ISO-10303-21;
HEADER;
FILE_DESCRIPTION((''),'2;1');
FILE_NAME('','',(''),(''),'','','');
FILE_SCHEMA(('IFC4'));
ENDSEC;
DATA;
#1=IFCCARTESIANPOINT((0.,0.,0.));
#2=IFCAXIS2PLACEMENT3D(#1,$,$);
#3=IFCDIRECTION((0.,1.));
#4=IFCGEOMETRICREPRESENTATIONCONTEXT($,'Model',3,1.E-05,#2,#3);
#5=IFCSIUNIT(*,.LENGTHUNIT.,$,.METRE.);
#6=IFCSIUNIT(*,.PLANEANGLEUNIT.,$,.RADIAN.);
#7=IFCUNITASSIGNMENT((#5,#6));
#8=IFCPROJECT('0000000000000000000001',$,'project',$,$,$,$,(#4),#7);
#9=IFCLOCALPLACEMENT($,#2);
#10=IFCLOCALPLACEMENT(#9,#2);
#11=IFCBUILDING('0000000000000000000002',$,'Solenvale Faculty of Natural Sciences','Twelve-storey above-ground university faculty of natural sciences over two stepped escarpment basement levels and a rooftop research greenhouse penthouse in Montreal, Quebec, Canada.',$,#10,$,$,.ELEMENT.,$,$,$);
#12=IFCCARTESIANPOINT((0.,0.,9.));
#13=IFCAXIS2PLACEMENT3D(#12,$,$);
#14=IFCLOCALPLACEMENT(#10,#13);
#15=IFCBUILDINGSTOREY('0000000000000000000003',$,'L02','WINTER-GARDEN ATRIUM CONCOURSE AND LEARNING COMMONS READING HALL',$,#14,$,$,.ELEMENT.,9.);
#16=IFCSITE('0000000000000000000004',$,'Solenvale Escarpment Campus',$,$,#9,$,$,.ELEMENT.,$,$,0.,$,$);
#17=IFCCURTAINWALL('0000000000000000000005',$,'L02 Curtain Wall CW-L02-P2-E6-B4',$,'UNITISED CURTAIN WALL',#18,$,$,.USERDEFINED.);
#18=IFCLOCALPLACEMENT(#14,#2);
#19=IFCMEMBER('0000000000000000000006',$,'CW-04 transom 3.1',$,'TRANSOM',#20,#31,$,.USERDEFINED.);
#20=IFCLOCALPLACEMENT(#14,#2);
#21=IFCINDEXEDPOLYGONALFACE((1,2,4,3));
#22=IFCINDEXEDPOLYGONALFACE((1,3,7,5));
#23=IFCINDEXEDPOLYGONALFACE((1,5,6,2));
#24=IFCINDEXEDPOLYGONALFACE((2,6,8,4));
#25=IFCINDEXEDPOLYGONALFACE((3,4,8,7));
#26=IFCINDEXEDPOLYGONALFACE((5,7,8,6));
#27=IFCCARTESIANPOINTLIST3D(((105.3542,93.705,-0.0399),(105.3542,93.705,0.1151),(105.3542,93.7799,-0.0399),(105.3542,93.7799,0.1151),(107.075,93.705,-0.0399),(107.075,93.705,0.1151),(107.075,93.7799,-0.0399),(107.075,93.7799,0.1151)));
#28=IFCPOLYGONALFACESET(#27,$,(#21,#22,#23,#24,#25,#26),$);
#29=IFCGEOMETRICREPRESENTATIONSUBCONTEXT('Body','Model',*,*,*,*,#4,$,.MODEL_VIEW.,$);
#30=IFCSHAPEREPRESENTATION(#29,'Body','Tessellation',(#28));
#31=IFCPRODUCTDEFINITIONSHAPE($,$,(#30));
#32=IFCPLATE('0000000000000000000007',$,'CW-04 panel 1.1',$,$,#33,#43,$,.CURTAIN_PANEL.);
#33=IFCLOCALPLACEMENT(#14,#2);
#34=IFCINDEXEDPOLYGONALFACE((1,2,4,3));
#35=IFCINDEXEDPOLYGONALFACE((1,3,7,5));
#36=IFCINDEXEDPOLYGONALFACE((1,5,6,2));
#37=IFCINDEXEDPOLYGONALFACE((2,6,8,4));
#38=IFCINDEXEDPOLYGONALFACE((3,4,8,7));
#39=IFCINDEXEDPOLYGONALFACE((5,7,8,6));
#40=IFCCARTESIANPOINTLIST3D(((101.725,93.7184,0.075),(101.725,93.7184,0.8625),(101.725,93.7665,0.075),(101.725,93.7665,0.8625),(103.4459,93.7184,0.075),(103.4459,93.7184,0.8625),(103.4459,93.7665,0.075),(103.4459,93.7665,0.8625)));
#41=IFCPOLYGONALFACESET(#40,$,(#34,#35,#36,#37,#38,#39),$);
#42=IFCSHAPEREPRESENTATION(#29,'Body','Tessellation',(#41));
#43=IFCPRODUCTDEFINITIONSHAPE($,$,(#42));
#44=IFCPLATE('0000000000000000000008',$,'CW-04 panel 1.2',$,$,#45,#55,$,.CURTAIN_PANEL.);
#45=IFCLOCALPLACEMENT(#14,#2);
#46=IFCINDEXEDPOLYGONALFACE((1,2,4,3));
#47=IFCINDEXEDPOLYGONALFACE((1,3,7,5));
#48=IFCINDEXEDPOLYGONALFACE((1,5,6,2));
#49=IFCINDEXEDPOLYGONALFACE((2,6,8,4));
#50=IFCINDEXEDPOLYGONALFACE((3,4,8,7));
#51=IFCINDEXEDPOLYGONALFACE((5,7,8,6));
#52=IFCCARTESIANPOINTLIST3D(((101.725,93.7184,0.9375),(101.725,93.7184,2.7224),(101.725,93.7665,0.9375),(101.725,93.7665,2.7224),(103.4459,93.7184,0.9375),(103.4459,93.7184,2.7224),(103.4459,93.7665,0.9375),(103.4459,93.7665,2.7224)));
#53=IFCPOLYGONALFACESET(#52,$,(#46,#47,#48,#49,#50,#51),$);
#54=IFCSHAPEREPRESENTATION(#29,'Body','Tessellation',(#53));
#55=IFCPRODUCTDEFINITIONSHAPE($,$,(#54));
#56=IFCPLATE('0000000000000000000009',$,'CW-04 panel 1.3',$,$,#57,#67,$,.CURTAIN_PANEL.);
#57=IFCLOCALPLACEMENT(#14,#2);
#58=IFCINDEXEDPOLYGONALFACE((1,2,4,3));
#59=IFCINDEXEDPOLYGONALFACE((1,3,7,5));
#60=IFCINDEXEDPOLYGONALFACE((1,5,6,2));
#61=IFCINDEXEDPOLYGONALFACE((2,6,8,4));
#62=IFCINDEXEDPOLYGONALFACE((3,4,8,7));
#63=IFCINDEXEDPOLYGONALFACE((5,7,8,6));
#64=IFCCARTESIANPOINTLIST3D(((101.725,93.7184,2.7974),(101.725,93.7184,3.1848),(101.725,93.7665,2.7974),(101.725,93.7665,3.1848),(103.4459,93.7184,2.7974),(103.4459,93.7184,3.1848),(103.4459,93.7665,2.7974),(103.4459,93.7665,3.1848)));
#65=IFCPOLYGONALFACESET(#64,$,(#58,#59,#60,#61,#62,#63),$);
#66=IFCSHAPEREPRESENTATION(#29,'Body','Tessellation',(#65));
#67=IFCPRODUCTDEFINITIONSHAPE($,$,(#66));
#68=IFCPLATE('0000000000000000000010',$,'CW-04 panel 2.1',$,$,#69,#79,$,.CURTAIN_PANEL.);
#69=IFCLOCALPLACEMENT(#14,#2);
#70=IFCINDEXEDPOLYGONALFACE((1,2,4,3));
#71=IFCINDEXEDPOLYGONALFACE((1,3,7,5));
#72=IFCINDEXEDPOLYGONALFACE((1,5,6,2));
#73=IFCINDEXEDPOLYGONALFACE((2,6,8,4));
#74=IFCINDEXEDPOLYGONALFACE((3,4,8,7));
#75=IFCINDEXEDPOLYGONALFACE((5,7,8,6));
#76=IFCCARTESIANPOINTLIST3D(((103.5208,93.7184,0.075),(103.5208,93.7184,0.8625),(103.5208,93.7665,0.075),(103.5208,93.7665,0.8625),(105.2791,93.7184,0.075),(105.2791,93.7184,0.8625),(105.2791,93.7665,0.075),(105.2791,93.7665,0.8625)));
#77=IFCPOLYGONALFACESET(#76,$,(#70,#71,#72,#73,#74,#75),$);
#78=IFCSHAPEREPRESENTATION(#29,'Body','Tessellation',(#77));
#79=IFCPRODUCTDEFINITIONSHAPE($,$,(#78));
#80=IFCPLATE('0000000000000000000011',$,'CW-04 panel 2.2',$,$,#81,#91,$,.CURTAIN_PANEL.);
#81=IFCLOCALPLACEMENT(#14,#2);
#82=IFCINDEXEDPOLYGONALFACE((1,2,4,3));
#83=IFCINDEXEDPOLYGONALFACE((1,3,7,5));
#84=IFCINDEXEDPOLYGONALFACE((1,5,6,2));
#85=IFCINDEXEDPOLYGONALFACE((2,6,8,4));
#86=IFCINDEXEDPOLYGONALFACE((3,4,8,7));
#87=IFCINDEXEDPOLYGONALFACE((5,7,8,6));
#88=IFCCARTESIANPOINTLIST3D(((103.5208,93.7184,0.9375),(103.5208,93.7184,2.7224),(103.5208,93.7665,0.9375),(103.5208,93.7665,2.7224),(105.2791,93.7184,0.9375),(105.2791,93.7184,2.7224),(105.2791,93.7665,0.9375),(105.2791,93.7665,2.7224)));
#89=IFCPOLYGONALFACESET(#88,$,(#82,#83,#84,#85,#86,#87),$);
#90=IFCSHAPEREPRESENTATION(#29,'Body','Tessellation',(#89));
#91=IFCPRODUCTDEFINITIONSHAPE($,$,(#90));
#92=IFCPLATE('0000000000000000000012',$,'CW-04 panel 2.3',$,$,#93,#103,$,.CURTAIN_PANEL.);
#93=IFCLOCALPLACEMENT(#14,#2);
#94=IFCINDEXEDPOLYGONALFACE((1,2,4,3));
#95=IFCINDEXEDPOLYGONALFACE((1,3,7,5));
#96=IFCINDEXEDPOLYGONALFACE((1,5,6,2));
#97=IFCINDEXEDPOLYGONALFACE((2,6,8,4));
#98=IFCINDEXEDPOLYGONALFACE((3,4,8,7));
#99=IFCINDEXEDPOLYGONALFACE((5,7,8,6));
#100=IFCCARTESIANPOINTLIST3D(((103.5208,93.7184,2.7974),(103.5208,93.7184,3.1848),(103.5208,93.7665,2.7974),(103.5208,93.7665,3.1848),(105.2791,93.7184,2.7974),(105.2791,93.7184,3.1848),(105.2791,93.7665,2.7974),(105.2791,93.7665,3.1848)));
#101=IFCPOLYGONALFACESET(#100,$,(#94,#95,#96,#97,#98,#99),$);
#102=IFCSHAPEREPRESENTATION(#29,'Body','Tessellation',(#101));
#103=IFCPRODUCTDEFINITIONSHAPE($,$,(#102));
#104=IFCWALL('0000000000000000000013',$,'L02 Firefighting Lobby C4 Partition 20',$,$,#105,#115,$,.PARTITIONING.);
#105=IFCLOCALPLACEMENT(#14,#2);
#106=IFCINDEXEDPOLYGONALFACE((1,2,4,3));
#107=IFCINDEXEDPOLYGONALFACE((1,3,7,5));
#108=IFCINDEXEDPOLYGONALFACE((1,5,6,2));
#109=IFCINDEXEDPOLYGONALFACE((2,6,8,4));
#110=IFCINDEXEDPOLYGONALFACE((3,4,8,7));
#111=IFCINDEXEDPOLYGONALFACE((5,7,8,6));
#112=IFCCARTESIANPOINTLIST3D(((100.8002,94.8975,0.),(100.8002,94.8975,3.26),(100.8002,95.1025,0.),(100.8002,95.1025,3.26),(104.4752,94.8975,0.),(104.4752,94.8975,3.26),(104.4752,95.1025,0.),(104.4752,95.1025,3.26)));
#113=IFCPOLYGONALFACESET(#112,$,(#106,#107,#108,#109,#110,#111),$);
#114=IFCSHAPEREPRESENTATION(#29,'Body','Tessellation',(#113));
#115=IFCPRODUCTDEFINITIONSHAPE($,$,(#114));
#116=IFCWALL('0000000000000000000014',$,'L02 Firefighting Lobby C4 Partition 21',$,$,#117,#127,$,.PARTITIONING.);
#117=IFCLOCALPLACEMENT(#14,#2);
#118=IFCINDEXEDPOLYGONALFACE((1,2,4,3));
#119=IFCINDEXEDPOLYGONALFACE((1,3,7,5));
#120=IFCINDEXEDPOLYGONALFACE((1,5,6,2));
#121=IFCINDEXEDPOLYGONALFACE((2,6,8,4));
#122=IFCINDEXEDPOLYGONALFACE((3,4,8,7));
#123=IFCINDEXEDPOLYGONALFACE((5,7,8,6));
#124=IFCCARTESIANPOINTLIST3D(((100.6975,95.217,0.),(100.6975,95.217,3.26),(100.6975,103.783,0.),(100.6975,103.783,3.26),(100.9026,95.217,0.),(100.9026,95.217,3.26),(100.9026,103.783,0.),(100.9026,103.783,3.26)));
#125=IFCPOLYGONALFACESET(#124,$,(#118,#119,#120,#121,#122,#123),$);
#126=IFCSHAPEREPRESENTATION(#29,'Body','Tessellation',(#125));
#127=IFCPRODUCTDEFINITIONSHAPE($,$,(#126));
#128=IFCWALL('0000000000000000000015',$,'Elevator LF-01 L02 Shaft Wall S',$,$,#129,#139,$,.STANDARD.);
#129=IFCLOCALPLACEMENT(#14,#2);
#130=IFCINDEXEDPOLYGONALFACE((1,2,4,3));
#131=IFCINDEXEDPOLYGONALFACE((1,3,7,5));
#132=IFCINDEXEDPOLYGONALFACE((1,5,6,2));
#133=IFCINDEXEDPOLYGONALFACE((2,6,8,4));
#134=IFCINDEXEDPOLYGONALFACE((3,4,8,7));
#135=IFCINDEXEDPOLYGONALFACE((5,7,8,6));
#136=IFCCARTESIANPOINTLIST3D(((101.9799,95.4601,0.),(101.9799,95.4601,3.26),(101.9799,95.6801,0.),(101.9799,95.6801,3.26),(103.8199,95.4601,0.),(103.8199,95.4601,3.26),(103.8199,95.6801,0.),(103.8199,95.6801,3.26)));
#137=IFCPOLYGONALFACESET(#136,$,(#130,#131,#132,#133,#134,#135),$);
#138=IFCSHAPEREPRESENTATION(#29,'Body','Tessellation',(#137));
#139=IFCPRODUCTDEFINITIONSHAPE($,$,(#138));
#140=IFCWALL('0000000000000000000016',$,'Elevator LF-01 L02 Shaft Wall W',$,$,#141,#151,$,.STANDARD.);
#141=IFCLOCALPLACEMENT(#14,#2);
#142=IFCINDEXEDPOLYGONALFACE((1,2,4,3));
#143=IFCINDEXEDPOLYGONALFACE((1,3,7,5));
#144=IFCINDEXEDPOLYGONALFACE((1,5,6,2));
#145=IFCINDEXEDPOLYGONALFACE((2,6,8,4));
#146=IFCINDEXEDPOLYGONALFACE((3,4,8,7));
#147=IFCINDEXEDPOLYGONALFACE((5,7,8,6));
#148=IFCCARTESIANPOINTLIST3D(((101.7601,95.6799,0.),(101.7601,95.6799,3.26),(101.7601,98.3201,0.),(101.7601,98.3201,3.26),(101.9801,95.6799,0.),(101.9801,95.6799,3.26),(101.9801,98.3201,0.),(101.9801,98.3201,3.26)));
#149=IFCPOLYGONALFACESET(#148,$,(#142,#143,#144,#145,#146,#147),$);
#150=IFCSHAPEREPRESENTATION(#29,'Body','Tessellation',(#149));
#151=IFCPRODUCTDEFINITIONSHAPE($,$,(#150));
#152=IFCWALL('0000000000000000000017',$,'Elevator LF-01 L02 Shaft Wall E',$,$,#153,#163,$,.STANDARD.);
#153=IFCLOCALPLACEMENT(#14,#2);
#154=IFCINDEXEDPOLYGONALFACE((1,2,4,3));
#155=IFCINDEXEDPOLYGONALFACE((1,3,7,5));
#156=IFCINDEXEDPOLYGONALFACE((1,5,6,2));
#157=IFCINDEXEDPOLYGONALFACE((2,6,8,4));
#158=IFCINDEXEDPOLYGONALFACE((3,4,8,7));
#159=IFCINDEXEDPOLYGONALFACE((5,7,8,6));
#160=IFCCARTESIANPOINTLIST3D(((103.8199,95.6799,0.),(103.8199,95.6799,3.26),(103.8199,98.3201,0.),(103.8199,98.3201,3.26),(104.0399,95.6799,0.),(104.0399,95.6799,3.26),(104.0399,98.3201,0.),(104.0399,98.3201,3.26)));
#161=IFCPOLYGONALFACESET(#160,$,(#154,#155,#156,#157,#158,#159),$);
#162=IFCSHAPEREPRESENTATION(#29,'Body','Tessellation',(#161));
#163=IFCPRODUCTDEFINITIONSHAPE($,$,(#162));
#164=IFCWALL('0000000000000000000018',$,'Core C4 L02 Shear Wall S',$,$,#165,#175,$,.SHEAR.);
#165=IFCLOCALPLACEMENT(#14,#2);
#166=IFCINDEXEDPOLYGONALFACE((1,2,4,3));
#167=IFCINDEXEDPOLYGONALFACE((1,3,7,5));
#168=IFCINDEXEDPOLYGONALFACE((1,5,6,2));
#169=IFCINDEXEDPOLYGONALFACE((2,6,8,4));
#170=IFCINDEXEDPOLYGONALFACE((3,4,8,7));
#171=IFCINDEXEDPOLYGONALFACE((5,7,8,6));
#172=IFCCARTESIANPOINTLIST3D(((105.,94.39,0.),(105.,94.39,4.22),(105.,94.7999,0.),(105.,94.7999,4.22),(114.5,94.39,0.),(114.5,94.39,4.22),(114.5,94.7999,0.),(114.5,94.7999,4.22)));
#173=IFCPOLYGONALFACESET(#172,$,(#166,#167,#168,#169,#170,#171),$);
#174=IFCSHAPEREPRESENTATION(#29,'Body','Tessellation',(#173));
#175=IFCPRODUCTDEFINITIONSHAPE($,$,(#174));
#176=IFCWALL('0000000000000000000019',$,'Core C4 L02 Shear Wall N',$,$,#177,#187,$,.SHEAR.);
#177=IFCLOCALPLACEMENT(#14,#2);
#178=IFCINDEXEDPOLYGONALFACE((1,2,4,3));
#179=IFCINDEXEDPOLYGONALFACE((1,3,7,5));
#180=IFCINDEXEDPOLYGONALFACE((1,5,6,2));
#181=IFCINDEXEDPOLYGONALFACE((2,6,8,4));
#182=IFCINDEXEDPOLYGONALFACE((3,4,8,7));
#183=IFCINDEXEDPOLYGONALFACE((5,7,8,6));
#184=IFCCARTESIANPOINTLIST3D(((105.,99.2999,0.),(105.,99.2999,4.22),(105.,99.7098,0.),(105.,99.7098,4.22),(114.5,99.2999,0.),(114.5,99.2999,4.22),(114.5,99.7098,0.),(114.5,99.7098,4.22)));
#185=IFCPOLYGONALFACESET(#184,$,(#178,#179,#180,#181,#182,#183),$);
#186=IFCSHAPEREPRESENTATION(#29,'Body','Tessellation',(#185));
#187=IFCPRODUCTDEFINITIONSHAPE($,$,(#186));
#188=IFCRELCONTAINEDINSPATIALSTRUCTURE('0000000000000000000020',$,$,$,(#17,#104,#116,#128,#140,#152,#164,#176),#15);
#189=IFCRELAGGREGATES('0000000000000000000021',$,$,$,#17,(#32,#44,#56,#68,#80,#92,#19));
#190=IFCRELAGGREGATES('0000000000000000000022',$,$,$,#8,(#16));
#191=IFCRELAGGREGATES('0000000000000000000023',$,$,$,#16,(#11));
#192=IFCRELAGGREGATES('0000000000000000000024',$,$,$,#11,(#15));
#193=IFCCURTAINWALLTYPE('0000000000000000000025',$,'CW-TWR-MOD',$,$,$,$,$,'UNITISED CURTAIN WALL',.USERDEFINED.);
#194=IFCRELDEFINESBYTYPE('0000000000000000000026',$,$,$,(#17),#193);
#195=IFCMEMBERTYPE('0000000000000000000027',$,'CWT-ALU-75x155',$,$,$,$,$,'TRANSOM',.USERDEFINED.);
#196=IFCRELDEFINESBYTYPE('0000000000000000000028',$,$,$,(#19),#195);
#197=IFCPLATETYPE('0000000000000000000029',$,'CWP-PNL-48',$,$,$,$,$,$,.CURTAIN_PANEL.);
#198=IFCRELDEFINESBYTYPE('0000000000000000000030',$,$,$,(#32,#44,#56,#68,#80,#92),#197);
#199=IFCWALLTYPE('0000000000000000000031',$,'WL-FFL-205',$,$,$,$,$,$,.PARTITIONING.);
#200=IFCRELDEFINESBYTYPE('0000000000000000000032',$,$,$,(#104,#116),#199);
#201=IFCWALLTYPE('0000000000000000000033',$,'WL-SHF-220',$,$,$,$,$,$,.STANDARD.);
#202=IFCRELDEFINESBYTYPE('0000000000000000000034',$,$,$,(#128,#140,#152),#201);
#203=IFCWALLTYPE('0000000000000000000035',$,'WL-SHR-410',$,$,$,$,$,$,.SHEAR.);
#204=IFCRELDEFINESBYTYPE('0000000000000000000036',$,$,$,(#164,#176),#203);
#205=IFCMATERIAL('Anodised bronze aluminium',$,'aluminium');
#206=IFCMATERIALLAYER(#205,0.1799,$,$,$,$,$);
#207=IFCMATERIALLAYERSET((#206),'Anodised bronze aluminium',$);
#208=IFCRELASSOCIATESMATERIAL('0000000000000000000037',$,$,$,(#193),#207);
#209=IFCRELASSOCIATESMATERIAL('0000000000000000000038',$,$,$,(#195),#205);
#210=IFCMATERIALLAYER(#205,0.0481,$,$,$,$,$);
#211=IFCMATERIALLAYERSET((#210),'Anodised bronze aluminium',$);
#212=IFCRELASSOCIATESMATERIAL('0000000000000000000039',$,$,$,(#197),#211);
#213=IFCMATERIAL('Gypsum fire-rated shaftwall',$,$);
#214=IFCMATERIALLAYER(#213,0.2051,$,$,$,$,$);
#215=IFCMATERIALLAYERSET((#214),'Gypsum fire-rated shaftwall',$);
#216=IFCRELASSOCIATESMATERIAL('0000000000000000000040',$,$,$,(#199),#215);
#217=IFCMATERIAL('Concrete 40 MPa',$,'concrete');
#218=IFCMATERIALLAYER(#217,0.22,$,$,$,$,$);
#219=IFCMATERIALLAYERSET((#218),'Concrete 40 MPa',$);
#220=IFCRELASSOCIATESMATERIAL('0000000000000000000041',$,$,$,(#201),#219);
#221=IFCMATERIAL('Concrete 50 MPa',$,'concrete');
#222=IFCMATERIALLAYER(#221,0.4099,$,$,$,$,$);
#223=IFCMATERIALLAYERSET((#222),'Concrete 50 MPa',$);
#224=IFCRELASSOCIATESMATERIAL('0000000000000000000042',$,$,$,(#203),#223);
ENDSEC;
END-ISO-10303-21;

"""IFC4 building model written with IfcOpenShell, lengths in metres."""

from ifc_helpers import new_model, si_unit, direction, frame, frame_2d, origin, origin_2d, place, context, subcontext, project, spatial, rectangle, extrude, material, layer, layer_set, material_profile, profile_set, type_object, element, aggregate, save


model = new_model("IFC4")

# Units and contexts
model_context = context("Model", 3, precision=1e-05, world=origin(), true_north=direction((0.0, 1.0)))
body_context = subcontext(model_context, "Body", "Model", "MODEL_VIEW")
ifc_project = project(units=[si_unit("LENGTHUNIT", "METRE"), si_unit("PLANEANGLEUNIT", "RADIAN")], contexts=[model_context])

# Site, building, storey
site_placement = place(None, origin())
site = spatial("IfcSite", under=ifc_project, at=site_placement, Name="Solenvale Escarpment Campus", CompositionType="ELEMENT", RefElevation=0.0)
building_placement = place(site_placement, origin())
building = spatial("IfcBuilding", under=site, at=building_placement, Name="Solenvale Faculty of Natural Sciences", Description="Twelve-storey above-ground university faculty of natural sciences over two stepped escarpment basement levels and a rooftop research greenhouse penthouse in Montreal, Quebec, Canada.", CompositionType="ELEMENT")
storey_placement = place(building_placement, frame((0.0, 0.0, 9.0)))
storey = spatial("IfcBuildingStorey", under=building, at=storey_placement, Name="L02", Description="WINTER-GARDEN ATRIUM CONCOURSE AND LEARNING COMMONS READING HALL", CompositionType="ELEMENT", Elevation=9.0)

# Shared definitions
ifc_material_1 = material(Name="Concrete 50 MPa", Category="concrete")

# Shared definitions
ifc_material_2 = material(Name="Concrete 40 MPa", Category="concrete")

# Curtain wall, member, plates
ifc_material_3 = material(Name="Anodised bronze aluminium", Category="aluminium")
ifc_layer_1 = layer(ifc_material_3, 0.1799)
ifc_layer_set_1 = layer_set([ifc_layer_1], Name="Anodised bronze aluminium")
curtain_wall_type = type_object("IfcCurtainWallType", Name="CW-TWR-MOD", ElementType="UNITISED CURTAIN WALL", PredefinedType="USERDEFINED", material=ifc_layer_set_1)
curtain_wall_placement = place(storey_placement, origin())
curtain_wall = element("IfcCurtainWall", 1, at=curtain_wall_placement, inside=storey, type_object=curtain_wall_type, Name="L02 Curtain Wall CW-L02-P2-E6-B4", ObjectType="UNITISED CURTAIN WALL", PredefinedType="USERDEFINED")
ifc_material_profile_1 = material_profile(ifc_material_3, rectangle(XDim=0.075, YDim=0.155, at=origin_2d()), Name="ALU-TRN-75x155")
ifc_profile_set_1 = profile_set([ifc_material_profile_1], Name="Anodised bronze aluminium")
member_type_1 = type_object("IfcMemberType", Name="CWT-ALU-75x155", ElementType="TRANSOM", PredefinedType="USERDEFINED", material=ifc_profile_set_1)
member_1_placement = place(storey_placement, frame((105.3542, 93.7424, 0.0376), z_axis=(1.0, 0.0, 0.0), x_axis=(0.0, 1.0, 0.0)))
member_1 = element("IfcMember", 2, at=member_1_placement, type_object=member_type_1, Name="CW-04 transom 3.1", ObjectType="TRANSOM", PredefinedType="USERDEFINED", context=body_context, shape_type="SweptSolid", body=[
    extrude(rectangle(XDim=0.075, YDim=0.155, at=origin_2d()), origin(), (0.0, 0.0, 1.0), 1.7207),
])
ifc_layer_2 = layer(ifc_material_3, 0.0481)
ifc_layer_set_2 = layer_set([ifc_layer_2], Name="Anodised bronze aluminium")
plate_type = type_object("IfcPlateType", Name="CWP-PNL-48", PredefinedType="CURTAIN_PANEL", material=ifc_layer_set_2)
plate_1_placement = place(storey_placement, frame((102.5854, 93.7424, 0.075), z_axis=(0.0, 0.0, 1.0), x_axis=(1.0, 0.0, 0.0)))
plate_1 = element("IfcPlate", 3, at=plate_1_placement, type_object=plate_type, Name="CW-04 panel 1.1", PredefinedType="CURTAIN_PANEL", context=body_context, shape_type="SweptSolid", body=[
    extrude(rectangle(XDim=1.7209, YDim=0.0481, at=origin_2d()), origin(), (0.0, 0.0, 1.0), 0.7876),
])
plate_2_placement = place(storey_placement, frame((102.5854, 93.7424, 0.9375), z_axis=(0.0, 0.0, 1.0), x_axis=(1.0, 0.0, 0.0)))
plate_2 = element("IfcPlate", 4, at=plate_2_placement, type_object=plate_type, Name="CW-04 panel 1.2", PredefinedType="CURTAIN_PANEL", context=body_context, shape_type="SweptSolid", body=[
    extrude(rectangle(XDim=1.7209, YDim=0.0481, at=origin_2d()), origin(), (0.0, 0.0, 1.0), 1.7849),
])
plate_3_placement = place(storey_placement, frame((102.5854, 93.7424, 2.7974), z_axis=(0.0, 0.0, 1.0), x_axis=(1.0, 0.0, 0.0)))
plate_3 = element("IfcPlate", 5, at=plate_3_placement, type_object=plate_type, Name="CW-04 panel 1.3", PredefinedType="CURTAIN_PANEL", context=body_context, shape_type="SweptSolid", body=[
    extrude(rectangle(XDim=1.7209, YDim=0.0481, at=origin_2d()), origin(), (0.0, 0.0, 1.0), 0.3875),
])
plate_4_placement = place(storey_placement, frame((104.3999, 93.7424, 0.075), z_axis=(0.0, 0.0, 1.0), x_axis=(1.0, 0.0, 0.0)))
plate_4 = element("IfcPlate", 6, at=plate_4_placement, type_object=plate_type, Name="CW-04 panel 2.1", PredefinedType="CURTAIN_PANEL", context=body_context, shape_type="SweptSolid", body=[
    extrude(rectangle(XDim=1.7583, YDim=0.0481, at=origin_2d()), origin(), (0.0, 0.0, 1.0), 0.7876),
])
plate_5_placement = place(storey_placement, frame((104.3999, 93.7424, 0.9375), z_axis=(0.0, 0.0, 1.0), x_axis=(1.0, 0.0, 0.0)))
plate_5 = element("IfcPlate", 7, at=plate_5_placement, type_object=plate_type, Name="CW-04 panel 2.2", PredefinedType="CURTAIN_PANEL", context=body_context, shape_type="SweptSolid", body=[
    extrude(rectangle(XDim=1.7583, YDim=0.0481, at=origin_2d()), origin(), (0.0, 0.0, 1.0), 1.7849),
])
plate_6_placement = place(storey_placement, frame((104.3999, 93.7424, 2.7974), z_axis=(0.0, 0.0, 1.0), x_axis=(1.0, 0.0, 0.0)))
plate_6 = element("IfcPlate", 8, at=plate_6_placement, type_object=plate_type, Name="CW-04 panel 2.3", PredefinedType="CURTAIN_PANEL", context=body_context, shape_type="SweptSolid", body=[
    extrude(rectangle(XDim=1.7583, YDim=0.0481, at=origin_2d()), origin(), (0.0, 0.0, 1.0), 0.3875),
])
aggregate(curtain_wall, [plate_1, plate_2, plate_3, plate_4, plate_5, plate_6, member_1])

# Walls
ifc_material_4 = material(Name="Gypsum fire-rated shaftwall")
ifc_layer_3 = layer(ifc_material_4, 0.2051)
ifc_layer_set_3 = layer_set([ifc_layer_3], Name="Gypsum fire-rated shaftwall")
wall_type_1 = type_object("IfcWallType", Name="WL-FFL-205", PredefinedType="PARTITIONING", material=ifc_layer_set_3)
wall_1_placement = place(storey_placement, frame((104.4751, 95.0, 0.0), z_axis=(0.0, 0.0, 1.0), x_axis=(-1.0, 0.0, 0.0)))
element("IfcWall", 9, at=wall_1_placement, inside=storey, type_object=wall_type_1, Name="L02 Firefighting Lobby C4 Partition 20", PredefinedType="PARTITIONING", context=body_context, shape_type="SweptSolid", body=[
    extrude(rectangle(XDim=3.675, YDim=0.2051, at=frame_2d((1.8374, 0.0))), origin(), (0.0, 0.0, 1.0), 3.26),
])
wall_2_placement = place(storey_placement, frame((100.8, 95.217, 0.0), z_axis=(0.0, 0.0, 1.0), x_axis=(0.0, 1.0, 0.0)))
element("IfcWall", 10, at=wall_2_placement, inside=storey, type_object=wall_type_1, Name="L02 Firefighting Lobby C4 Partition 21", PredefinedType="PARTITIONING", context=body_context, shape_type="SweptSolid", body=[
    extrude(rectangle(XDim=8.5659, YDim=0.2051, at=frame_2d((4.283, 0.0))), origin(), (0.0, 0.0, 1.0), 3.26),
])
ifc_layer_4 = layer(ifc_material_2, 0.22)
ifc_layer_set_4 = layer_set([ifc_layer_4], Name="Concrete 40 MPa")
wall_type_2 = type_object("IfcWallType", Name="WL-SHF-220", PredefinedType="STANDARD", material=ifc_layer_set_4)
wall_3_placement = place(storey_placement, frame((101.98, 95.5701, 0.0), z_axis=(0.0, 0.0, 1.0), x_axis=(1.0, 0.0, 0.0)))
element("IfcWall", 11, at=wall_3_placement, inside=storey, type_object=wall_type_2, Name="Elevator LF-01 L02 Shaft Wall S", PredefinedType="STANDARD", context=body_context, shape_type="SweptSolid", body=[
    extrude(rectangle(XDim=1.8401, YDim=0.22, at=frame_2d((0.9199, 0.0))), origin(), (0.0, 0.0, 1.0), 3.26),
])

# Walls
for number, where, z_axis, x_axis, name in (
    (12, (101.8701, 95.6799, 0.0), (0.0, 0.0, 1.0), (0.0, 1.0, 0.0), "Elevator LF-01 L02 Shaft Wall W"),
    (13, (103.9299, 95.6799, 0.0), (0.0, 0.0, 1.0), (0.0, 1.0, 0.0), "Elevator LF-01 L02 Shaft Wall E"),
):
    element("IfcWall", number, at=place(storey_placement, frame(where, z_axis=z_axis, x_axis=x_axis)), inside=storey, type_object=wall_type_2, Name=name, PredefinedType="STANDARD", context=body_context, shape_type="SweptSolid", body=[
        extrude(rectangle(XDim=2.6401, YDim=0.22, at=frame_2d((1.3201, 0.0))), origin(), (0.0, 0.0, 1.0), 3.26),
    ])
ifc_layer_5 = layer(ifc_material_1, 0.4099)
ifc_layer_set_5 = layer_set([ifc_layer_5], Name="Concrete 50 MPa")
wall_type_3 = type_object("IfcWallType", Name="WL-SHR-410", PredefinedType="SHEAR", material=ifc_layer_set_5)
for number, where, z_axis, x_axis, name in (
    (14, (105.0, 94.595, 0.0), (0.0, 0.0, 1.0), (1.0, 0.0, 0.0), "Core C4 L02 Shear Wall S"),
    (15, (105.0, 99.5049, 0.0), (0.0, 0.0, 1.0), (1.0, 0.0, 0.0), "Core C4 L02 Shear Wall N"),
):
    element("IfcWall", number, at=place(storey_placement, frame(where, z_axis=z_axis, x_axis=x_axis)), inside=storey, type_object=wall_type_3, Name=name, PredefinedType="SHEAR", context=body_context, shape_type="SweptSolid", body=[
        extrude(rectangle(XDim=9.5, YDim=0.4099, at=frame_2d((4.75, 0.0))), origin(), (0.0, 0.0, 1.0), 4.22),
    ])

save(model, "model.ifc")
